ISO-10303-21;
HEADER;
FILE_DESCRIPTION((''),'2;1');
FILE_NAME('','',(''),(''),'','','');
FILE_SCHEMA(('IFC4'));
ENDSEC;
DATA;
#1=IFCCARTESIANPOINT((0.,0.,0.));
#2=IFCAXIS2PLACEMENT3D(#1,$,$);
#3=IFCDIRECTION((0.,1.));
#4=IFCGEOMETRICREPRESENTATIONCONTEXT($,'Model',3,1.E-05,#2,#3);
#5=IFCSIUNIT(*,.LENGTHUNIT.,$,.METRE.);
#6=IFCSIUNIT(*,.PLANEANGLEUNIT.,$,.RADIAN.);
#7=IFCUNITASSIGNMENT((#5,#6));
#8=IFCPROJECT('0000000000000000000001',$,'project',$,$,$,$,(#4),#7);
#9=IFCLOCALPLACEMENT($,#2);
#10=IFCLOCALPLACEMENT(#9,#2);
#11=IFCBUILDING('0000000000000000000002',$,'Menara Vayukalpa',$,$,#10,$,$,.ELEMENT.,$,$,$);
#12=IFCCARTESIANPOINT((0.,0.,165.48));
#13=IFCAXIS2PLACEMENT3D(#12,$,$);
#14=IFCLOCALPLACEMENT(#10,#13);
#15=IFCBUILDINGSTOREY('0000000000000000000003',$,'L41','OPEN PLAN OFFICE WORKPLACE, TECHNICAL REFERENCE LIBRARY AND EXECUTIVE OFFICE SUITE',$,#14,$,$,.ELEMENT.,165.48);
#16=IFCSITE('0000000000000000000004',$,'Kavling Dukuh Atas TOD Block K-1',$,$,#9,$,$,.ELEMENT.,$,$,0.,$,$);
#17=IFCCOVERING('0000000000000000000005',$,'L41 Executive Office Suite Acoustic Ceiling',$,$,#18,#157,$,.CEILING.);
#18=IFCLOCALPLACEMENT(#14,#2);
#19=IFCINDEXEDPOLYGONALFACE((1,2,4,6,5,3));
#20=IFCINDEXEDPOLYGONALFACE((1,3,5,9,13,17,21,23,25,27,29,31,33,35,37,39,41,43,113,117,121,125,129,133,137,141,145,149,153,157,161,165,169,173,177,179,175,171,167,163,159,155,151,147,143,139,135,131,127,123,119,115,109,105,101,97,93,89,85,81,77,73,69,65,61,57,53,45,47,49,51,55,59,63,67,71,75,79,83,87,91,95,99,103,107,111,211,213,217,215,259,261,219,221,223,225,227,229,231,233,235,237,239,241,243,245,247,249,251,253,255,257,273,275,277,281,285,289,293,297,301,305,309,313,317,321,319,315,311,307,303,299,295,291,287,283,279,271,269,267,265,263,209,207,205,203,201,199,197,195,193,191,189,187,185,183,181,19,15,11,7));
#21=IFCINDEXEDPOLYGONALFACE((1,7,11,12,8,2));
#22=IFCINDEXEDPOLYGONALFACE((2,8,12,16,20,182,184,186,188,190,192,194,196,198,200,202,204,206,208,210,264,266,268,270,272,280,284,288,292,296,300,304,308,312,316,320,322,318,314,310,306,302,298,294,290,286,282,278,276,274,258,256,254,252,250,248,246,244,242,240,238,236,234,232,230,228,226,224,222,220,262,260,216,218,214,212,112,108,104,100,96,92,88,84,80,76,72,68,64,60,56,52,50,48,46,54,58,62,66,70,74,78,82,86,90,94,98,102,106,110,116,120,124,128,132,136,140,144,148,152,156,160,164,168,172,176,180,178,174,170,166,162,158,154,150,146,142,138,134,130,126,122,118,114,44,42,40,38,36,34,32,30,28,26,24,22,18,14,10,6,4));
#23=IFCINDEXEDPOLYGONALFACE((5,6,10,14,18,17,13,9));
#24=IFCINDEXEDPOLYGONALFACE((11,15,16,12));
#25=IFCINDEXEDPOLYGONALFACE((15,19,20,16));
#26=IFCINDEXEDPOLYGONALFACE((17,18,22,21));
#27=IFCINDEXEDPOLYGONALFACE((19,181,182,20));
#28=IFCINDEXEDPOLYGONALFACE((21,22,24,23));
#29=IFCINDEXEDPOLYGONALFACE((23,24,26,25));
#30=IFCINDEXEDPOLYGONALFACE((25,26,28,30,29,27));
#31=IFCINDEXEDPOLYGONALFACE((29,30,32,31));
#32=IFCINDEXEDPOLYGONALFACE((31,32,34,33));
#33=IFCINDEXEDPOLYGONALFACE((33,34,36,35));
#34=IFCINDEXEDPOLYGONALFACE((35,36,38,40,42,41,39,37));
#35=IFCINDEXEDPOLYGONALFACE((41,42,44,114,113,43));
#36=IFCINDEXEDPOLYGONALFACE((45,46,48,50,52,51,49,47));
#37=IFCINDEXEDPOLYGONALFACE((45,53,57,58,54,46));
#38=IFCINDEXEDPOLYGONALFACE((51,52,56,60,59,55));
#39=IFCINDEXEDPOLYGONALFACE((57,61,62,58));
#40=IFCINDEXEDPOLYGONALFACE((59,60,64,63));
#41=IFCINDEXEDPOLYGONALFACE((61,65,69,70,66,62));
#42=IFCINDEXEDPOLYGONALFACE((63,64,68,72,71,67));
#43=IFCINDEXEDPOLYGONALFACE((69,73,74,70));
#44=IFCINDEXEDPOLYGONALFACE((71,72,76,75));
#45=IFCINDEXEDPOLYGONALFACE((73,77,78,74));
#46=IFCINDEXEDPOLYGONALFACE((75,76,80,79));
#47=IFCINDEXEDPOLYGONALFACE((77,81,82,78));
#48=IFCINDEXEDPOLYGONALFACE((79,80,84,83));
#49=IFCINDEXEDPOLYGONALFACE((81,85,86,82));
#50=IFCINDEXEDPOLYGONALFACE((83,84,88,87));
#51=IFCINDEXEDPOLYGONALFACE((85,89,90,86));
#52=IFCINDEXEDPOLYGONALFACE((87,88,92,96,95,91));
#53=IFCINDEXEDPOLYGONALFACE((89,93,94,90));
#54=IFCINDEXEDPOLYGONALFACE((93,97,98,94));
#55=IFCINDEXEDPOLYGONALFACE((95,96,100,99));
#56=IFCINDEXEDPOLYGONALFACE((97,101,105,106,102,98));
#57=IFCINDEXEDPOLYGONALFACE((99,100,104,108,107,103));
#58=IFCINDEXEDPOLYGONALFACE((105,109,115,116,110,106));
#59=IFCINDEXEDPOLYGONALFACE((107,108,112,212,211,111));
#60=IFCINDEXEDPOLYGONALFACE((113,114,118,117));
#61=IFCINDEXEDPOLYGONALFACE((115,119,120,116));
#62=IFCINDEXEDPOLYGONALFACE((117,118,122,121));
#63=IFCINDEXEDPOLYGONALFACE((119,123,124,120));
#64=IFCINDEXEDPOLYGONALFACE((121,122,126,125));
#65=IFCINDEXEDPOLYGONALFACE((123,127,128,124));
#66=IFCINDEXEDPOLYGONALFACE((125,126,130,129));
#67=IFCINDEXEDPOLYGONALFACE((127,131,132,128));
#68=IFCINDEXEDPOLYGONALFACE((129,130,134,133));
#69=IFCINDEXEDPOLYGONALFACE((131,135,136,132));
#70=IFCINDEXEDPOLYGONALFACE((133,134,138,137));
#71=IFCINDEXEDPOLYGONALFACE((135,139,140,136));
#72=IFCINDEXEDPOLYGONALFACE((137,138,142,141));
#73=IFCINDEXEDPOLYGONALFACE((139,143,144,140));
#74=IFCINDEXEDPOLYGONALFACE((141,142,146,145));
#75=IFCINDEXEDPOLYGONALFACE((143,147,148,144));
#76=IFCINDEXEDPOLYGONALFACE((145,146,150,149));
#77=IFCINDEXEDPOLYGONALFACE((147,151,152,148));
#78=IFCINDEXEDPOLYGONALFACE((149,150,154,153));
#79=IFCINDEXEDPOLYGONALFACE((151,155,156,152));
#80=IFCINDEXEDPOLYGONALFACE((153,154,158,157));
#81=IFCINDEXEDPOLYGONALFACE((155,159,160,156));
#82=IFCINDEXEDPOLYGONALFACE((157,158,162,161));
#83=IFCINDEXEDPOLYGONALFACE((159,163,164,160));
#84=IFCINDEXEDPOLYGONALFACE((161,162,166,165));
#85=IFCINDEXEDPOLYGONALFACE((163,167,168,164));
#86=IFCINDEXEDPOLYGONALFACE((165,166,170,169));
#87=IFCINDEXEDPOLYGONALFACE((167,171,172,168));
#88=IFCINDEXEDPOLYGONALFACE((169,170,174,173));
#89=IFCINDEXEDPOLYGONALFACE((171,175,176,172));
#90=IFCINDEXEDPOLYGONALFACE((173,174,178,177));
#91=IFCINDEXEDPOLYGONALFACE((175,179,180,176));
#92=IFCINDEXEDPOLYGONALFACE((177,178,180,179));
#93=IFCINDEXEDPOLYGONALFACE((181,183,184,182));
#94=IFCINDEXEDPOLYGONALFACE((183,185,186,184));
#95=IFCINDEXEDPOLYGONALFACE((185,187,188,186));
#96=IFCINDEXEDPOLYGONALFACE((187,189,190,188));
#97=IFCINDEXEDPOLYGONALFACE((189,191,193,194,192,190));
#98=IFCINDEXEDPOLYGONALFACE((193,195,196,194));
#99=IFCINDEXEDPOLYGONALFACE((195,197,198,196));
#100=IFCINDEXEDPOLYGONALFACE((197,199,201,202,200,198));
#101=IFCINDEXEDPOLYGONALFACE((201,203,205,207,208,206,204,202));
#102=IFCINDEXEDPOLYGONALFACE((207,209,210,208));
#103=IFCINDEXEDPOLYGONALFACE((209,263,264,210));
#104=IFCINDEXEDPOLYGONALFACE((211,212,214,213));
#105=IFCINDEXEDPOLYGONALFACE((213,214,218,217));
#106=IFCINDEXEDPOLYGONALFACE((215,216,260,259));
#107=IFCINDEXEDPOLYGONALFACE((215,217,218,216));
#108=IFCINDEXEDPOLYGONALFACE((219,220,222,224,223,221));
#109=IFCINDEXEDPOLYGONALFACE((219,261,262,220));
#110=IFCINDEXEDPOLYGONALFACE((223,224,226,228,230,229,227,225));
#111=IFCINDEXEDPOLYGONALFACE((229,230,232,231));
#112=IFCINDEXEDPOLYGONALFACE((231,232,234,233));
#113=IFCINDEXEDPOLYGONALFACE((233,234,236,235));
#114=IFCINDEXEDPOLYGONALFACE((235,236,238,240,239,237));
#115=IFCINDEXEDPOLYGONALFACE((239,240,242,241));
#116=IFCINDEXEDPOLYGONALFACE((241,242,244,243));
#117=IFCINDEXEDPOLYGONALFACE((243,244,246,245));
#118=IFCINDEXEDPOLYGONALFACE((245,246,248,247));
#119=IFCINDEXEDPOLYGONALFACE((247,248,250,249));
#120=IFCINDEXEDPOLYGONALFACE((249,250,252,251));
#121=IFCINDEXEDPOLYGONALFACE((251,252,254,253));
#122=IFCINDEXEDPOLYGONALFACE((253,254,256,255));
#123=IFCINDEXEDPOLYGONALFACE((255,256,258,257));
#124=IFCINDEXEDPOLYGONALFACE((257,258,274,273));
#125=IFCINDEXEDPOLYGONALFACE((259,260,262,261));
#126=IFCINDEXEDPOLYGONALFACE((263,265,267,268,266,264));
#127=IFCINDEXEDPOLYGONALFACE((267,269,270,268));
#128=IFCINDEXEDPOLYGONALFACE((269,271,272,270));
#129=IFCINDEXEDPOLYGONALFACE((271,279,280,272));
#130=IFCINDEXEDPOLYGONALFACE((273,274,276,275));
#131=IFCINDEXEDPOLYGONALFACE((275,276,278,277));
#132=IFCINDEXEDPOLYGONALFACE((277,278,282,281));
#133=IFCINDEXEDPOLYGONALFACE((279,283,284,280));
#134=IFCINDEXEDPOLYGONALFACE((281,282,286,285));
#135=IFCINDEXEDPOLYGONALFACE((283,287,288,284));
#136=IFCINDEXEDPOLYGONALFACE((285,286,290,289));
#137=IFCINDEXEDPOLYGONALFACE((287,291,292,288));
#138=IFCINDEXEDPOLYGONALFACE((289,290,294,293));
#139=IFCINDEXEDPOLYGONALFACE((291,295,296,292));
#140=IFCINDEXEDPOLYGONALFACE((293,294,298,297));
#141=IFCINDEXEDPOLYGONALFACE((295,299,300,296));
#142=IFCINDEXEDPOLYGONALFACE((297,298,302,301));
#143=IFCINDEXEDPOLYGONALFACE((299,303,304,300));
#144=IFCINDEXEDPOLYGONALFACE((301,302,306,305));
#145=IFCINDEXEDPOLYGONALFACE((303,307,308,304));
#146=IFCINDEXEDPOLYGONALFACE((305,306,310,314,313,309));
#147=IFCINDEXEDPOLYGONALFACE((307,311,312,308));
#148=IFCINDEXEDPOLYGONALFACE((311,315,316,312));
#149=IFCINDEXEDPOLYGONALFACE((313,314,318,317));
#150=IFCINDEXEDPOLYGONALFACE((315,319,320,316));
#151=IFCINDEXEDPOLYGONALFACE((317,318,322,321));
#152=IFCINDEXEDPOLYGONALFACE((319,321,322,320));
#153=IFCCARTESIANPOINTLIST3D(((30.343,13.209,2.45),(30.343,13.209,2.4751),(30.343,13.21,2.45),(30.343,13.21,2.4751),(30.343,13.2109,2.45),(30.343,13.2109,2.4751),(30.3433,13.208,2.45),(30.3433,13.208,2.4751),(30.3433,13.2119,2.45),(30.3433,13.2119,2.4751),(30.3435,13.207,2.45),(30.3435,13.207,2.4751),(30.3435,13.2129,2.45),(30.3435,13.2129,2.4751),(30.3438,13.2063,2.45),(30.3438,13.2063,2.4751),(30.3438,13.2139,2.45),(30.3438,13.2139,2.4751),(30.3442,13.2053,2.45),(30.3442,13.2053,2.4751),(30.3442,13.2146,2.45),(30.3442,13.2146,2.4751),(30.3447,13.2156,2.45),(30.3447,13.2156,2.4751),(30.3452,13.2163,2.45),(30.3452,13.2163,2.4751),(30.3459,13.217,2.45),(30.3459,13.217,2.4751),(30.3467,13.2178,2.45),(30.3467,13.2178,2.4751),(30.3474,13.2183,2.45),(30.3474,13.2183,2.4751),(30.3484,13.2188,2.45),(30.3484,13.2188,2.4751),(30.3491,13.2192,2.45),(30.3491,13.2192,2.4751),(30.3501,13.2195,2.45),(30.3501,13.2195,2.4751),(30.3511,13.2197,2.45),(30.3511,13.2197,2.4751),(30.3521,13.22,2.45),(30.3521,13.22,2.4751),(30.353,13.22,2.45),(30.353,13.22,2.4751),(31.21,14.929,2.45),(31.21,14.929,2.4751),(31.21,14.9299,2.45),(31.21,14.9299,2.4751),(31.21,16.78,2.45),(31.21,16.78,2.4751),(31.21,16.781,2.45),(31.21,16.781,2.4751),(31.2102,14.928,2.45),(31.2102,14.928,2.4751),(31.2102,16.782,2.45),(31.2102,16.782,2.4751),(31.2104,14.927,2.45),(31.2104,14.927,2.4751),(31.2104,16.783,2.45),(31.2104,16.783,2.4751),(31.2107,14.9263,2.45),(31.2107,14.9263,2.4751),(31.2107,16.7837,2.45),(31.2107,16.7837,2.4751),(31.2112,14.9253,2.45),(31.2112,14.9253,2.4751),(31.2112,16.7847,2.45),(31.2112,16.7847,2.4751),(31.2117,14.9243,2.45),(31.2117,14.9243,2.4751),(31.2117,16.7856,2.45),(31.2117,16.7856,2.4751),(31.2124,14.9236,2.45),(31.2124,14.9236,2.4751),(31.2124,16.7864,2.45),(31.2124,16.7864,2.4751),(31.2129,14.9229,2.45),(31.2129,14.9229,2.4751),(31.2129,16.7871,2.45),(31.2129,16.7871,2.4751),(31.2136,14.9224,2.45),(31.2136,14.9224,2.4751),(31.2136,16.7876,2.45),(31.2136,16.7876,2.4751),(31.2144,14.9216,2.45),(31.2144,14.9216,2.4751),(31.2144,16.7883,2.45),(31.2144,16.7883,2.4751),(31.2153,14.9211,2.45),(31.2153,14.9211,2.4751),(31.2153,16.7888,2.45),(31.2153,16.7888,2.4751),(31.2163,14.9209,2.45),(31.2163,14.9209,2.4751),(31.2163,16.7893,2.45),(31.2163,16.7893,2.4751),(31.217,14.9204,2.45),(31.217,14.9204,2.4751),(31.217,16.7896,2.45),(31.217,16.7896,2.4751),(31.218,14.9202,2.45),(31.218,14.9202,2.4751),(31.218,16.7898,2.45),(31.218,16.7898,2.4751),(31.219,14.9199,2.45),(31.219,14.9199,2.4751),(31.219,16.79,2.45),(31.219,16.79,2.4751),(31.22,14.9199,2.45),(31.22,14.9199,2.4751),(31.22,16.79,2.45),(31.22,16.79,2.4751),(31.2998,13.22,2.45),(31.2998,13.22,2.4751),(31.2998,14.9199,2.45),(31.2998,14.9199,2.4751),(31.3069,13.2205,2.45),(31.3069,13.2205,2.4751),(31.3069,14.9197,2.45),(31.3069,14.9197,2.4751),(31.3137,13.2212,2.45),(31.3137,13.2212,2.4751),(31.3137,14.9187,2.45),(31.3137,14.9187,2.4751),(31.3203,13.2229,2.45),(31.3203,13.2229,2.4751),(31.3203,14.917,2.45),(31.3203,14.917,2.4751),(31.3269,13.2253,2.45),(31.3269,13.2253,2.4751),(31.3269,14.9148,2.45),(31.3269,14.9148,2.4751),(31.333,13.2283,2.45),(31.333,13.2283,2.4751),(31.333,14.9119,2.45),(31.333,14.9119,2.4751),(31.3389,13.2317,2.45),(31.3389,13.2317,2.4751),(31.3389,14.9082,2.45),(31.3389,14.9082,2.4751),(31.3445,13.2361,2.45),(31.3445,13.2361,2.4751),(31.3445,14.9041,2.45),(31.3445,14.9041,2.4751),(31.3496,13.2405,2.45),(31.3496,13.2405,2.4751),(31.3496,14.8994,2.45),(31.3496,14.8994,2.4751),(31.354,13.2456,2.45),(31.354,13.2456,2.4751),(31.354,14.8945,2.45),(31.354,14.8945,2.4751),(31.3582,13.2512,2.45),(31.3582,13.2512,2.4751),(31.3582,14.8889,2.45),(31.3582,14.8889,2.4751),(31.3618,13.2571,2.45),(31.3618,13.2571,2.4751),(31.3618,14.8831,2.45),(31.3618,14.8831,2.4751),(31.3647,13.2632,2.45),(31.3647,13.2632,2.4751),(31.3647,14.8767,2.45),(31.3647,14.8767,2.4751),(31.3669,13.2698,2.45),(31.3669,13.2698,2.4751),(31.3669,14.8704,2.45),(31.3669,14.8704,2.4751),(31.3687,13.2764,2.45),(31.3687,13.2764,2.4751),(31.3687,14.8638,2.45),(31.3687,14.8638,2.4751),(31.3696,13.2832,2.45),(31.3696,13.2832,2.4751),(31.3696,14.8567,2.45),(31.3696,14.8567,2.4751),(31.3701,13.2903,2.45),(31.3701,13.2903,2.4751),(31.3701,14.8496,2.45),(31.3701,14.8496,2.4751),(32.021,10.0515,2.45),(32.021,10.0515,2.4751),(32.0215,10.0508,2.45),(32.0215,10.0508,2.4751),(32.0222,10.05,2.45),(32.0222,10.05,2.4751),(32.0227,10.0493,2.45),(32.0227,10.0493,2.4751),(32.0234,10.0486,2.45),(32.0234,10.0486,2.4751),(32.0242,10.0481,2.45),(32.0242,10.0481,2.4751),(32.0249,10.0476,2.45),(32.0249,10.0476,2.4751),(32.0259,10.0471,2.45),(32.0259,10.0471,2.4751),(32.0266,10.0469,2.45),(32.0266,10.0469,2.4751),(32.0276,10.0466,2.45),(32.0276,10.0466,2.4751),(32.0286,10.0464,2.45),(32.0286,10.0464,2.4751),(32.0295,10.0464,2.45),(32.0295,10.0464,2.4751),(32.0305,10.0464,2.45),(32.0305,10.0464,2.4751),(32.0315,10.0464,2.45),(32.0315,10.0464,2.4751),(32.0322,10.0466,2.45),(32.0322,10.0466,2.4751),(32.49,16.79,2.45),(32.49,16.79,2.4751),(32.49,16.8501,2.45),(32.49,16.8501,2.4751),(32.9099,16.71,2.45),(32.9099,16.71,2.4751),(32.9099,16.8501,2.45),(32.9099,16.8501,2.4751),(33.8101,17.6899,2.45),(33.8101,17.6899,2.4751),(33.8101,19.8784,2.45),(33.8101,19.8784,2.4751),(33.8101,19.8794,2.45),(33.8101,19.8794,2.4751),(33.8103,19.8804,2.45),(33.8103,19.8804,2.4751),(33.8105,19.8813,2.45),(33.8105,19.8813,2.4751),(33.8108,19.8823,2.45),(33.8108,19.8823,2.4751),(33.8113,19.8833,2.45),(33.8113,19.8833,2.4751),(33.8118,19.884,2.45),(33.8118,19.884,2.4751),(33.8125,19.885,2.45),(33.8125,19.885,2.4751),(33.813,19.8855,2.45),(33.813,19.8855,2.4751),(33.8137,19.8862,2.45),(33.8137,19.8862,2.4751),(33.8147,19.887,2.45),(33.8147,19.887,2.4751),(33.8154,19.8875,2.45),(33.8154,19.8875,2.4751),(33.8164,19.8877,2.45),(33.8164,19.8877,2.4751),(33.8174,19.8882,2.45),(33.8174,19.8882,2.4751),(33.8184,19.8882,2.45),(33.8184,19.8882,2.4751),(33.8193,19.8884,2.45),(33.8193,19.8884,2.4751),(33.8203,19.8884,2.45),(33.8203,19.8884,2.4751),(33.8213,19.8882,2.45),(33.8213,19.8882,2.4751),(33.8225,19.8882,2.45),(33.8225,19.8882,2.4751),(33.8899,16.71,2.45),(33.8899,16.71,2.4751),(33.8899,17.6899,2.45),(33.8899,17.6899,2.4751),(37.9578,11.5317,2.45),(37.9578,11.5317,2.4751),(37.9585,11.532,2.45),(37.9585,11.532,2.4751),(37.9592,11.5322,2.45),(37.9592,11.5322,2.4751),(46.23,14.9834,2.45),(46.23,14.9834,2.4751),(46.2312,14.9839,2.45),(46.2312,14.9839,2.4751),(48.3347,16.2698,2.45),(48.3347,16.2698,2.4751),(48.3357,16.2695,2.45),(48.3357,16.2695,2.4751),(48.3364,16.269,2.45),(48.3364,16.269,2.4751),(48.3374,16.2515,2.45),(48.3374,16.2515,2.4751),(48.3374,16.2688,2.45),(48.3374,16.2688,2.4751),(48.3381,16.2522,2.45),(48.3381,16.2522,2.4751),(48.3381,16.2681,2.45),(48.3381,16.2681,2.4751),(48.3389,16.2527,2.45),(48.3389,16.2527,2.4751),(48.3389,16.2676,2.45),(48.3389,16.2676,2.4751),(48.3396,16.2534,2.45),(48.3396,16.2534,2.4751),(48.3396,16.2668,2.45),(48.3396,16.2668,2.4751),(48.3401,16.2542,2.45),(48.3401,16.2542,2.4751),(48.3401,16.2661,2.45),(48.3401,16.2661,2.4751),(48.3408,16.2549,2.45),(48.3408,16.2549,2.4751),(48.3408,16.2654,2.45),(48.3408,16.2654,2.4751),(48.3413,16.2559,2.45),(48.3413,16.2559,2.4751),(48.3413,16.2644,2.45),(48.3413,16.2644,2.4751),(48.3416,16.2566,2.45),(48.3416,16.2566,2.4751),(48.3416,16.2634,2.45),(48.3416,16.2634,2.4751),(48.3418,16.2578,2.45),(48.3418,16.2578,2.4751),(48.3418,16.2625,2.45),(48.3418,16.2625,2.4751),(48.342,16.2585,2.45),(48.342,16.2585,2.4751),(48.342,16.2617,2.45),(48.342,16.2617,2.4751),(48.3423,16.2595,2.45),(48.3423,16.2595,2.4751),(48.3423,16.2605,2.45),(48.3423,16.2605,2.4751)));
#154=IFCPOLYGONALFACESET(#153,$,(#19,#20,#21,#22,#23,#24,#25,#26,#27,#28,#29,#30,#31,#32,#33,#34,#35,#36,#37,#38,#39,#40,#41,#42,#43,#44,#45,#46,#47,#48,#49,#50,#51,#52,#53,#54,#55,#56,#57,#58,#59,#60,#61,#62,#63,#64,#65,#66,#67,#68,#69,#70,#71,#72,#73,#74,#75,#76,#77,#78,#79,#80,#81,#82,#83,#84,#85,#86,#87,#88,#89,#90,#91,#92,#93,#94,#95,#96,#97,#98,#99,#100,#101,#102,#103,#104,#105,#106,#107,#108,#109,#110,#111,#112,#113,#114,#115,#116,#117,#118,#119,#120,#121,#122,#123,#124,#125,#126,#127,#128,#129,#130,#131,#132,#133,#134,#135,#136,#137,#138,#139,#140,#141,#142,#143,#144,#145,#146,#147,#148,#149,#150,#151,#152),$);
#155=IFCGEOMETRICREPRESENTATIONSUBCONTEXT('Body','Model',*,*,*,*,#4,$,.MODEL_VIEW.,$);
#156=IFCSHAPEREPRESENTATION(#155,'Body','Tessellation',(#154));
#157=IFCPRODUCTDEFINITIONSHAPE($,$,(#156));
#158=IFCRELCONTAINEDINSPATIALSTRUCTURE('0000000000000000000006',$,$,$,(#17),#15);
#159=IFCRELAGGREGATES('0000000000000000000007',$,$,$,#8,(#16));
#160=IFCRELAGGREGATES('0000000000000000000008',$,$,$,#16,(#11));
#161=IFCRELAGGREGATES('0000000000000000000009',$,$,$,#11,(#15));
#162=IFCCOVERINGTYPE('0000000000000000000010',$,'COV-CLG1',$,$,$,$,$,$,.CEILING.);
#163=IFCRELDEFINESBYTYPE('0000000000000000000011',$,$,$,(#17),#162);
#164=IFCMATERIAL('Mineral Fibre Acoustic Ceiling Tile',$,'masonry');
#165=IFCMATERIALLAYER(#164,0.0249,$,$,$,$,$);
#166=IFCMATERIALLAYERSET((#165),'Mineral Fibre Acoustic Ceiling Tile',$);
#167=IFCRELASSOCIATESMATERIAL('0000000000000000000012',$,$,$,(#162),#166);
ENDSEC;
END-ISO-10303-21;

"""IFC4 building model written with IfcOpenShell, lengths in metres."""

from ifc_helpers import new_model, si_unit, direction, frame, origin, place, context, subcontext, project, spatial, polyline, outline, extrude, material, layer, layer_set, type_object, element, save


model = new_model("IFC4")

# Units and contexts
model_context = context("Model", 3, precision=1e-05, world=origin(), true_north=direction((0.0, 1.0)))
body_context = subcontext(model_context, "Body", "Model", "MODEL_VIEW")
ifc_project = project(units=[si_unit("LENGTHUNIT", "METRE"), si_unit("PLANEANGLEUNIT", "RADIAN")], contexts=[model_context])

# Site, building, storey
site_placement = place(None, origin())
site = spatial("IfcSite", under=ifc_project, at=site_placement, Name="Kavling Dukuh Atas TOD Block K-1", CompositionType="ELEMENT", RefElevation=0.0)
building_placement = place(site_placement, origin())
building = spatial("IfcBuilding", under=site, at=building_placement, Name="Menara Vayukalpa", CompositionType="ELEMENT")
storey_placement = place(building_placement, frame((0.0, 0.0, 165.48)))
storey = spatial("IfcBuildingStorey", under=building, at=storey_placement, Name="L41", Description="OPEN PLAN OFFICE WORKPLACE, TECHNICAL REFERENCE LIBRARY AND EXECUTIVE OFFICE SUITE", CompositionType="ELEMENT", Elevation=165.48)

# Covering
ifc_material_1 = material(Name="Mineral Fibre Acoustic Ceiling Tile", Category="masonry")
ifc_layer_1 = layer(ifc_material_1, 0.0249)
ifc_layer_set_1 = layer_set([ifc_layer_1], Name="Mineral Fibre Acoustic Ceiling Tile")
covering_type_1 = type_object("IfcCoveringType", Name="COV-CLG1", PredefinedType="CEILING", material=ifc_layer_set_1)
covering_1_placement = place(storey_placement, frame((0.0, 0.0, 2.45)))
element("IfcCovering", 1, at=covering_1_placement, inside=storey, type_object=covering_type_1, Name="L41 Executive Office Suite Acoustic Ceiling", PredefinedType="CEILING", context=body_context, shape_type="SweptSolid", body=[
    extrude(outline(polyline([(37.9578, 11.5317), (32.0322, 10.0466), (32.0315, 10.0464), (32.0305, 10.0464), (32.0295, 10.0464), (32.0286, 10.0464), (32.0276, 10.0466), (32.0266, 10.0469), (32.0259, 10.0471), (32.0249, 10.0476), (32.0242, 10.0481), (32.0234, 10.0486), (32.0227, 10.0493), (32.0222, 10.05), (32.0215, 10.0508), (32.021, 10.0515), (30.3442, 13.2053), (30.3438, 13.2063), (30.3435, 13.207), (30.3433, 13.208), (30.343, 13.209), (30.343, 13.21), (30.343, 13.2109), (30.3433, 13.2119), (30.3435, 13.2129), (30.3438, 13.2139), (30.3442, 13.2146), (30.3447, 13.2156), (30.3452, 13.2163), (30.3459, 13.217), (30.3467, 13.2178), (30.3474, 13.2183), (30.3484, 13.2188), (30.3491, 13.2192), (30.3501, 13.2195), (30.3511, 13.2197), (30.3521, 13.22), (30.353, 13.22), (31.2998, 13.22), (31.3069, 13.2205), (31.3137, 13.2212), (31.3203, 13.2229), (31.3269, 13.2253), (31.333, 13.2283), (31.3389, 13.2317), (31.3445, 13.2361), (31.3496, 13.2405), (31.354, 13.2456), (31.3582, 13.2512), (31.3618, 13.2571), (31.3647, 13.2632), (31.3669, 13.2698), (31.3687, 13.2764), (31.3696, 13.2832), (31.3701, 13.2903), (31.3701, 14.8496), (31.3696, 14.8567), (31.3687, 14.8638), (31.3669, 14.8704), (31.3647, 14.8767), (31.3618, 14.8831), (31.3582, 14.8889), (31.354, 14.8945), (31.3496, 14.8994), (31.3445, 14.9041), (31.3389, 14.9082), (31.333, 14.9119), (31.3269, 14.9148), (31.3203, 14.917), (31.3137, 14.9187), (31.3069, 14.9197), (31.2998, 14.9199), (31.22, 14.9199), (31.219, 14.9199), (31.218, 14.9202), (31.217, 14.9204), (31.2163, 14.9209), (31.2153, 14.9211), (31.2144, 14.9216), (31.2136, 14.9224), (31.2129, 14.9229), (31.2124, 14.9236), (31.2117, 14.9243), (31.2112, 14.9253), (31.2107, 14.9263), (31.2104, 14.927), (31.2102, 14.928), (31.21, 14.929), (31.21, 14.9299), (31.21, 16.78), (31.21, 16.781), (31.2102, 16.782), (31.2104, 16.783), (31.2107, 16.7837), (31.2112, 16.7847), (31.2117, 16.7856), (31.2124, 16.7864), (31.2129, 16.7871), (31.2136, 16.7876), (31.2144, 16.7883), (31.2153, 16.7888), (31.2163, 16.7893), (31.217, 16.7896), (31.218, 16.7898), (31.219, 16.79), (31.22, 16.79), (32.49, 16.79), (32.49, 16.8501), (32.9099, 16.8501), (32.9099, 16.71), (33.8899, 16.71), (33.8899, 17.6899), (33.8101, 17.6899), (33.8101, 19.8784), (33.8101, 19.8794), (33.8103, 19.8804), (33.8105, 19.8813), (33.8108, 19.8823), (33.8113, 19.8833), (33.8118, 19.884), (33.8125, 19.885), (33.813, 19.8855), (33.8137, 19.8862), (33.8147, 19.887), (33.8154, 19.8875), (33.8164, 19.8877), (33.8174, 19.8882), (33.8184, 19.8882), (33.8193, 19.8884), (33.8203, 19.8884), (33.8213, 19.8882), (33.8225, 19.8882), (48.3347, 16.2698), (48.3357, 16.2695), (48.3364, 16.269), (48.3374, 16.2688), (48.3381, 16.2681), (48.3389, 16.2676), (48.3396, 16.2668), (48.3401, 16.2661), (48.3408, 16.2654), (48.3413, 16.2644), (48.3416, 16.2634), (48.3418, 16.2625), (48.342, 16.2617), (48.3423, 16.2605), (48.3423, 16.2595), (48.342, 16.2585), (48.3418, 16.2578), (48.3416, 16.2566), (48.3413, 16.2559), (48.3408, 16.2549), (48.3401, 16.2542), (48.3396, 16.2534), (48.3389, 16.2527), (48.3381, 16.2522), (48.3374, 16.2515), (46.2312, 14.9839), (46.23, 14.9834), (37.9592, 11.5322), (37.9585, 11.532), (37.9578, 11.5317)])), origin(), (0.0, 0.0, 1.0), 0.0251),
])

save(model, "model.ifc")
